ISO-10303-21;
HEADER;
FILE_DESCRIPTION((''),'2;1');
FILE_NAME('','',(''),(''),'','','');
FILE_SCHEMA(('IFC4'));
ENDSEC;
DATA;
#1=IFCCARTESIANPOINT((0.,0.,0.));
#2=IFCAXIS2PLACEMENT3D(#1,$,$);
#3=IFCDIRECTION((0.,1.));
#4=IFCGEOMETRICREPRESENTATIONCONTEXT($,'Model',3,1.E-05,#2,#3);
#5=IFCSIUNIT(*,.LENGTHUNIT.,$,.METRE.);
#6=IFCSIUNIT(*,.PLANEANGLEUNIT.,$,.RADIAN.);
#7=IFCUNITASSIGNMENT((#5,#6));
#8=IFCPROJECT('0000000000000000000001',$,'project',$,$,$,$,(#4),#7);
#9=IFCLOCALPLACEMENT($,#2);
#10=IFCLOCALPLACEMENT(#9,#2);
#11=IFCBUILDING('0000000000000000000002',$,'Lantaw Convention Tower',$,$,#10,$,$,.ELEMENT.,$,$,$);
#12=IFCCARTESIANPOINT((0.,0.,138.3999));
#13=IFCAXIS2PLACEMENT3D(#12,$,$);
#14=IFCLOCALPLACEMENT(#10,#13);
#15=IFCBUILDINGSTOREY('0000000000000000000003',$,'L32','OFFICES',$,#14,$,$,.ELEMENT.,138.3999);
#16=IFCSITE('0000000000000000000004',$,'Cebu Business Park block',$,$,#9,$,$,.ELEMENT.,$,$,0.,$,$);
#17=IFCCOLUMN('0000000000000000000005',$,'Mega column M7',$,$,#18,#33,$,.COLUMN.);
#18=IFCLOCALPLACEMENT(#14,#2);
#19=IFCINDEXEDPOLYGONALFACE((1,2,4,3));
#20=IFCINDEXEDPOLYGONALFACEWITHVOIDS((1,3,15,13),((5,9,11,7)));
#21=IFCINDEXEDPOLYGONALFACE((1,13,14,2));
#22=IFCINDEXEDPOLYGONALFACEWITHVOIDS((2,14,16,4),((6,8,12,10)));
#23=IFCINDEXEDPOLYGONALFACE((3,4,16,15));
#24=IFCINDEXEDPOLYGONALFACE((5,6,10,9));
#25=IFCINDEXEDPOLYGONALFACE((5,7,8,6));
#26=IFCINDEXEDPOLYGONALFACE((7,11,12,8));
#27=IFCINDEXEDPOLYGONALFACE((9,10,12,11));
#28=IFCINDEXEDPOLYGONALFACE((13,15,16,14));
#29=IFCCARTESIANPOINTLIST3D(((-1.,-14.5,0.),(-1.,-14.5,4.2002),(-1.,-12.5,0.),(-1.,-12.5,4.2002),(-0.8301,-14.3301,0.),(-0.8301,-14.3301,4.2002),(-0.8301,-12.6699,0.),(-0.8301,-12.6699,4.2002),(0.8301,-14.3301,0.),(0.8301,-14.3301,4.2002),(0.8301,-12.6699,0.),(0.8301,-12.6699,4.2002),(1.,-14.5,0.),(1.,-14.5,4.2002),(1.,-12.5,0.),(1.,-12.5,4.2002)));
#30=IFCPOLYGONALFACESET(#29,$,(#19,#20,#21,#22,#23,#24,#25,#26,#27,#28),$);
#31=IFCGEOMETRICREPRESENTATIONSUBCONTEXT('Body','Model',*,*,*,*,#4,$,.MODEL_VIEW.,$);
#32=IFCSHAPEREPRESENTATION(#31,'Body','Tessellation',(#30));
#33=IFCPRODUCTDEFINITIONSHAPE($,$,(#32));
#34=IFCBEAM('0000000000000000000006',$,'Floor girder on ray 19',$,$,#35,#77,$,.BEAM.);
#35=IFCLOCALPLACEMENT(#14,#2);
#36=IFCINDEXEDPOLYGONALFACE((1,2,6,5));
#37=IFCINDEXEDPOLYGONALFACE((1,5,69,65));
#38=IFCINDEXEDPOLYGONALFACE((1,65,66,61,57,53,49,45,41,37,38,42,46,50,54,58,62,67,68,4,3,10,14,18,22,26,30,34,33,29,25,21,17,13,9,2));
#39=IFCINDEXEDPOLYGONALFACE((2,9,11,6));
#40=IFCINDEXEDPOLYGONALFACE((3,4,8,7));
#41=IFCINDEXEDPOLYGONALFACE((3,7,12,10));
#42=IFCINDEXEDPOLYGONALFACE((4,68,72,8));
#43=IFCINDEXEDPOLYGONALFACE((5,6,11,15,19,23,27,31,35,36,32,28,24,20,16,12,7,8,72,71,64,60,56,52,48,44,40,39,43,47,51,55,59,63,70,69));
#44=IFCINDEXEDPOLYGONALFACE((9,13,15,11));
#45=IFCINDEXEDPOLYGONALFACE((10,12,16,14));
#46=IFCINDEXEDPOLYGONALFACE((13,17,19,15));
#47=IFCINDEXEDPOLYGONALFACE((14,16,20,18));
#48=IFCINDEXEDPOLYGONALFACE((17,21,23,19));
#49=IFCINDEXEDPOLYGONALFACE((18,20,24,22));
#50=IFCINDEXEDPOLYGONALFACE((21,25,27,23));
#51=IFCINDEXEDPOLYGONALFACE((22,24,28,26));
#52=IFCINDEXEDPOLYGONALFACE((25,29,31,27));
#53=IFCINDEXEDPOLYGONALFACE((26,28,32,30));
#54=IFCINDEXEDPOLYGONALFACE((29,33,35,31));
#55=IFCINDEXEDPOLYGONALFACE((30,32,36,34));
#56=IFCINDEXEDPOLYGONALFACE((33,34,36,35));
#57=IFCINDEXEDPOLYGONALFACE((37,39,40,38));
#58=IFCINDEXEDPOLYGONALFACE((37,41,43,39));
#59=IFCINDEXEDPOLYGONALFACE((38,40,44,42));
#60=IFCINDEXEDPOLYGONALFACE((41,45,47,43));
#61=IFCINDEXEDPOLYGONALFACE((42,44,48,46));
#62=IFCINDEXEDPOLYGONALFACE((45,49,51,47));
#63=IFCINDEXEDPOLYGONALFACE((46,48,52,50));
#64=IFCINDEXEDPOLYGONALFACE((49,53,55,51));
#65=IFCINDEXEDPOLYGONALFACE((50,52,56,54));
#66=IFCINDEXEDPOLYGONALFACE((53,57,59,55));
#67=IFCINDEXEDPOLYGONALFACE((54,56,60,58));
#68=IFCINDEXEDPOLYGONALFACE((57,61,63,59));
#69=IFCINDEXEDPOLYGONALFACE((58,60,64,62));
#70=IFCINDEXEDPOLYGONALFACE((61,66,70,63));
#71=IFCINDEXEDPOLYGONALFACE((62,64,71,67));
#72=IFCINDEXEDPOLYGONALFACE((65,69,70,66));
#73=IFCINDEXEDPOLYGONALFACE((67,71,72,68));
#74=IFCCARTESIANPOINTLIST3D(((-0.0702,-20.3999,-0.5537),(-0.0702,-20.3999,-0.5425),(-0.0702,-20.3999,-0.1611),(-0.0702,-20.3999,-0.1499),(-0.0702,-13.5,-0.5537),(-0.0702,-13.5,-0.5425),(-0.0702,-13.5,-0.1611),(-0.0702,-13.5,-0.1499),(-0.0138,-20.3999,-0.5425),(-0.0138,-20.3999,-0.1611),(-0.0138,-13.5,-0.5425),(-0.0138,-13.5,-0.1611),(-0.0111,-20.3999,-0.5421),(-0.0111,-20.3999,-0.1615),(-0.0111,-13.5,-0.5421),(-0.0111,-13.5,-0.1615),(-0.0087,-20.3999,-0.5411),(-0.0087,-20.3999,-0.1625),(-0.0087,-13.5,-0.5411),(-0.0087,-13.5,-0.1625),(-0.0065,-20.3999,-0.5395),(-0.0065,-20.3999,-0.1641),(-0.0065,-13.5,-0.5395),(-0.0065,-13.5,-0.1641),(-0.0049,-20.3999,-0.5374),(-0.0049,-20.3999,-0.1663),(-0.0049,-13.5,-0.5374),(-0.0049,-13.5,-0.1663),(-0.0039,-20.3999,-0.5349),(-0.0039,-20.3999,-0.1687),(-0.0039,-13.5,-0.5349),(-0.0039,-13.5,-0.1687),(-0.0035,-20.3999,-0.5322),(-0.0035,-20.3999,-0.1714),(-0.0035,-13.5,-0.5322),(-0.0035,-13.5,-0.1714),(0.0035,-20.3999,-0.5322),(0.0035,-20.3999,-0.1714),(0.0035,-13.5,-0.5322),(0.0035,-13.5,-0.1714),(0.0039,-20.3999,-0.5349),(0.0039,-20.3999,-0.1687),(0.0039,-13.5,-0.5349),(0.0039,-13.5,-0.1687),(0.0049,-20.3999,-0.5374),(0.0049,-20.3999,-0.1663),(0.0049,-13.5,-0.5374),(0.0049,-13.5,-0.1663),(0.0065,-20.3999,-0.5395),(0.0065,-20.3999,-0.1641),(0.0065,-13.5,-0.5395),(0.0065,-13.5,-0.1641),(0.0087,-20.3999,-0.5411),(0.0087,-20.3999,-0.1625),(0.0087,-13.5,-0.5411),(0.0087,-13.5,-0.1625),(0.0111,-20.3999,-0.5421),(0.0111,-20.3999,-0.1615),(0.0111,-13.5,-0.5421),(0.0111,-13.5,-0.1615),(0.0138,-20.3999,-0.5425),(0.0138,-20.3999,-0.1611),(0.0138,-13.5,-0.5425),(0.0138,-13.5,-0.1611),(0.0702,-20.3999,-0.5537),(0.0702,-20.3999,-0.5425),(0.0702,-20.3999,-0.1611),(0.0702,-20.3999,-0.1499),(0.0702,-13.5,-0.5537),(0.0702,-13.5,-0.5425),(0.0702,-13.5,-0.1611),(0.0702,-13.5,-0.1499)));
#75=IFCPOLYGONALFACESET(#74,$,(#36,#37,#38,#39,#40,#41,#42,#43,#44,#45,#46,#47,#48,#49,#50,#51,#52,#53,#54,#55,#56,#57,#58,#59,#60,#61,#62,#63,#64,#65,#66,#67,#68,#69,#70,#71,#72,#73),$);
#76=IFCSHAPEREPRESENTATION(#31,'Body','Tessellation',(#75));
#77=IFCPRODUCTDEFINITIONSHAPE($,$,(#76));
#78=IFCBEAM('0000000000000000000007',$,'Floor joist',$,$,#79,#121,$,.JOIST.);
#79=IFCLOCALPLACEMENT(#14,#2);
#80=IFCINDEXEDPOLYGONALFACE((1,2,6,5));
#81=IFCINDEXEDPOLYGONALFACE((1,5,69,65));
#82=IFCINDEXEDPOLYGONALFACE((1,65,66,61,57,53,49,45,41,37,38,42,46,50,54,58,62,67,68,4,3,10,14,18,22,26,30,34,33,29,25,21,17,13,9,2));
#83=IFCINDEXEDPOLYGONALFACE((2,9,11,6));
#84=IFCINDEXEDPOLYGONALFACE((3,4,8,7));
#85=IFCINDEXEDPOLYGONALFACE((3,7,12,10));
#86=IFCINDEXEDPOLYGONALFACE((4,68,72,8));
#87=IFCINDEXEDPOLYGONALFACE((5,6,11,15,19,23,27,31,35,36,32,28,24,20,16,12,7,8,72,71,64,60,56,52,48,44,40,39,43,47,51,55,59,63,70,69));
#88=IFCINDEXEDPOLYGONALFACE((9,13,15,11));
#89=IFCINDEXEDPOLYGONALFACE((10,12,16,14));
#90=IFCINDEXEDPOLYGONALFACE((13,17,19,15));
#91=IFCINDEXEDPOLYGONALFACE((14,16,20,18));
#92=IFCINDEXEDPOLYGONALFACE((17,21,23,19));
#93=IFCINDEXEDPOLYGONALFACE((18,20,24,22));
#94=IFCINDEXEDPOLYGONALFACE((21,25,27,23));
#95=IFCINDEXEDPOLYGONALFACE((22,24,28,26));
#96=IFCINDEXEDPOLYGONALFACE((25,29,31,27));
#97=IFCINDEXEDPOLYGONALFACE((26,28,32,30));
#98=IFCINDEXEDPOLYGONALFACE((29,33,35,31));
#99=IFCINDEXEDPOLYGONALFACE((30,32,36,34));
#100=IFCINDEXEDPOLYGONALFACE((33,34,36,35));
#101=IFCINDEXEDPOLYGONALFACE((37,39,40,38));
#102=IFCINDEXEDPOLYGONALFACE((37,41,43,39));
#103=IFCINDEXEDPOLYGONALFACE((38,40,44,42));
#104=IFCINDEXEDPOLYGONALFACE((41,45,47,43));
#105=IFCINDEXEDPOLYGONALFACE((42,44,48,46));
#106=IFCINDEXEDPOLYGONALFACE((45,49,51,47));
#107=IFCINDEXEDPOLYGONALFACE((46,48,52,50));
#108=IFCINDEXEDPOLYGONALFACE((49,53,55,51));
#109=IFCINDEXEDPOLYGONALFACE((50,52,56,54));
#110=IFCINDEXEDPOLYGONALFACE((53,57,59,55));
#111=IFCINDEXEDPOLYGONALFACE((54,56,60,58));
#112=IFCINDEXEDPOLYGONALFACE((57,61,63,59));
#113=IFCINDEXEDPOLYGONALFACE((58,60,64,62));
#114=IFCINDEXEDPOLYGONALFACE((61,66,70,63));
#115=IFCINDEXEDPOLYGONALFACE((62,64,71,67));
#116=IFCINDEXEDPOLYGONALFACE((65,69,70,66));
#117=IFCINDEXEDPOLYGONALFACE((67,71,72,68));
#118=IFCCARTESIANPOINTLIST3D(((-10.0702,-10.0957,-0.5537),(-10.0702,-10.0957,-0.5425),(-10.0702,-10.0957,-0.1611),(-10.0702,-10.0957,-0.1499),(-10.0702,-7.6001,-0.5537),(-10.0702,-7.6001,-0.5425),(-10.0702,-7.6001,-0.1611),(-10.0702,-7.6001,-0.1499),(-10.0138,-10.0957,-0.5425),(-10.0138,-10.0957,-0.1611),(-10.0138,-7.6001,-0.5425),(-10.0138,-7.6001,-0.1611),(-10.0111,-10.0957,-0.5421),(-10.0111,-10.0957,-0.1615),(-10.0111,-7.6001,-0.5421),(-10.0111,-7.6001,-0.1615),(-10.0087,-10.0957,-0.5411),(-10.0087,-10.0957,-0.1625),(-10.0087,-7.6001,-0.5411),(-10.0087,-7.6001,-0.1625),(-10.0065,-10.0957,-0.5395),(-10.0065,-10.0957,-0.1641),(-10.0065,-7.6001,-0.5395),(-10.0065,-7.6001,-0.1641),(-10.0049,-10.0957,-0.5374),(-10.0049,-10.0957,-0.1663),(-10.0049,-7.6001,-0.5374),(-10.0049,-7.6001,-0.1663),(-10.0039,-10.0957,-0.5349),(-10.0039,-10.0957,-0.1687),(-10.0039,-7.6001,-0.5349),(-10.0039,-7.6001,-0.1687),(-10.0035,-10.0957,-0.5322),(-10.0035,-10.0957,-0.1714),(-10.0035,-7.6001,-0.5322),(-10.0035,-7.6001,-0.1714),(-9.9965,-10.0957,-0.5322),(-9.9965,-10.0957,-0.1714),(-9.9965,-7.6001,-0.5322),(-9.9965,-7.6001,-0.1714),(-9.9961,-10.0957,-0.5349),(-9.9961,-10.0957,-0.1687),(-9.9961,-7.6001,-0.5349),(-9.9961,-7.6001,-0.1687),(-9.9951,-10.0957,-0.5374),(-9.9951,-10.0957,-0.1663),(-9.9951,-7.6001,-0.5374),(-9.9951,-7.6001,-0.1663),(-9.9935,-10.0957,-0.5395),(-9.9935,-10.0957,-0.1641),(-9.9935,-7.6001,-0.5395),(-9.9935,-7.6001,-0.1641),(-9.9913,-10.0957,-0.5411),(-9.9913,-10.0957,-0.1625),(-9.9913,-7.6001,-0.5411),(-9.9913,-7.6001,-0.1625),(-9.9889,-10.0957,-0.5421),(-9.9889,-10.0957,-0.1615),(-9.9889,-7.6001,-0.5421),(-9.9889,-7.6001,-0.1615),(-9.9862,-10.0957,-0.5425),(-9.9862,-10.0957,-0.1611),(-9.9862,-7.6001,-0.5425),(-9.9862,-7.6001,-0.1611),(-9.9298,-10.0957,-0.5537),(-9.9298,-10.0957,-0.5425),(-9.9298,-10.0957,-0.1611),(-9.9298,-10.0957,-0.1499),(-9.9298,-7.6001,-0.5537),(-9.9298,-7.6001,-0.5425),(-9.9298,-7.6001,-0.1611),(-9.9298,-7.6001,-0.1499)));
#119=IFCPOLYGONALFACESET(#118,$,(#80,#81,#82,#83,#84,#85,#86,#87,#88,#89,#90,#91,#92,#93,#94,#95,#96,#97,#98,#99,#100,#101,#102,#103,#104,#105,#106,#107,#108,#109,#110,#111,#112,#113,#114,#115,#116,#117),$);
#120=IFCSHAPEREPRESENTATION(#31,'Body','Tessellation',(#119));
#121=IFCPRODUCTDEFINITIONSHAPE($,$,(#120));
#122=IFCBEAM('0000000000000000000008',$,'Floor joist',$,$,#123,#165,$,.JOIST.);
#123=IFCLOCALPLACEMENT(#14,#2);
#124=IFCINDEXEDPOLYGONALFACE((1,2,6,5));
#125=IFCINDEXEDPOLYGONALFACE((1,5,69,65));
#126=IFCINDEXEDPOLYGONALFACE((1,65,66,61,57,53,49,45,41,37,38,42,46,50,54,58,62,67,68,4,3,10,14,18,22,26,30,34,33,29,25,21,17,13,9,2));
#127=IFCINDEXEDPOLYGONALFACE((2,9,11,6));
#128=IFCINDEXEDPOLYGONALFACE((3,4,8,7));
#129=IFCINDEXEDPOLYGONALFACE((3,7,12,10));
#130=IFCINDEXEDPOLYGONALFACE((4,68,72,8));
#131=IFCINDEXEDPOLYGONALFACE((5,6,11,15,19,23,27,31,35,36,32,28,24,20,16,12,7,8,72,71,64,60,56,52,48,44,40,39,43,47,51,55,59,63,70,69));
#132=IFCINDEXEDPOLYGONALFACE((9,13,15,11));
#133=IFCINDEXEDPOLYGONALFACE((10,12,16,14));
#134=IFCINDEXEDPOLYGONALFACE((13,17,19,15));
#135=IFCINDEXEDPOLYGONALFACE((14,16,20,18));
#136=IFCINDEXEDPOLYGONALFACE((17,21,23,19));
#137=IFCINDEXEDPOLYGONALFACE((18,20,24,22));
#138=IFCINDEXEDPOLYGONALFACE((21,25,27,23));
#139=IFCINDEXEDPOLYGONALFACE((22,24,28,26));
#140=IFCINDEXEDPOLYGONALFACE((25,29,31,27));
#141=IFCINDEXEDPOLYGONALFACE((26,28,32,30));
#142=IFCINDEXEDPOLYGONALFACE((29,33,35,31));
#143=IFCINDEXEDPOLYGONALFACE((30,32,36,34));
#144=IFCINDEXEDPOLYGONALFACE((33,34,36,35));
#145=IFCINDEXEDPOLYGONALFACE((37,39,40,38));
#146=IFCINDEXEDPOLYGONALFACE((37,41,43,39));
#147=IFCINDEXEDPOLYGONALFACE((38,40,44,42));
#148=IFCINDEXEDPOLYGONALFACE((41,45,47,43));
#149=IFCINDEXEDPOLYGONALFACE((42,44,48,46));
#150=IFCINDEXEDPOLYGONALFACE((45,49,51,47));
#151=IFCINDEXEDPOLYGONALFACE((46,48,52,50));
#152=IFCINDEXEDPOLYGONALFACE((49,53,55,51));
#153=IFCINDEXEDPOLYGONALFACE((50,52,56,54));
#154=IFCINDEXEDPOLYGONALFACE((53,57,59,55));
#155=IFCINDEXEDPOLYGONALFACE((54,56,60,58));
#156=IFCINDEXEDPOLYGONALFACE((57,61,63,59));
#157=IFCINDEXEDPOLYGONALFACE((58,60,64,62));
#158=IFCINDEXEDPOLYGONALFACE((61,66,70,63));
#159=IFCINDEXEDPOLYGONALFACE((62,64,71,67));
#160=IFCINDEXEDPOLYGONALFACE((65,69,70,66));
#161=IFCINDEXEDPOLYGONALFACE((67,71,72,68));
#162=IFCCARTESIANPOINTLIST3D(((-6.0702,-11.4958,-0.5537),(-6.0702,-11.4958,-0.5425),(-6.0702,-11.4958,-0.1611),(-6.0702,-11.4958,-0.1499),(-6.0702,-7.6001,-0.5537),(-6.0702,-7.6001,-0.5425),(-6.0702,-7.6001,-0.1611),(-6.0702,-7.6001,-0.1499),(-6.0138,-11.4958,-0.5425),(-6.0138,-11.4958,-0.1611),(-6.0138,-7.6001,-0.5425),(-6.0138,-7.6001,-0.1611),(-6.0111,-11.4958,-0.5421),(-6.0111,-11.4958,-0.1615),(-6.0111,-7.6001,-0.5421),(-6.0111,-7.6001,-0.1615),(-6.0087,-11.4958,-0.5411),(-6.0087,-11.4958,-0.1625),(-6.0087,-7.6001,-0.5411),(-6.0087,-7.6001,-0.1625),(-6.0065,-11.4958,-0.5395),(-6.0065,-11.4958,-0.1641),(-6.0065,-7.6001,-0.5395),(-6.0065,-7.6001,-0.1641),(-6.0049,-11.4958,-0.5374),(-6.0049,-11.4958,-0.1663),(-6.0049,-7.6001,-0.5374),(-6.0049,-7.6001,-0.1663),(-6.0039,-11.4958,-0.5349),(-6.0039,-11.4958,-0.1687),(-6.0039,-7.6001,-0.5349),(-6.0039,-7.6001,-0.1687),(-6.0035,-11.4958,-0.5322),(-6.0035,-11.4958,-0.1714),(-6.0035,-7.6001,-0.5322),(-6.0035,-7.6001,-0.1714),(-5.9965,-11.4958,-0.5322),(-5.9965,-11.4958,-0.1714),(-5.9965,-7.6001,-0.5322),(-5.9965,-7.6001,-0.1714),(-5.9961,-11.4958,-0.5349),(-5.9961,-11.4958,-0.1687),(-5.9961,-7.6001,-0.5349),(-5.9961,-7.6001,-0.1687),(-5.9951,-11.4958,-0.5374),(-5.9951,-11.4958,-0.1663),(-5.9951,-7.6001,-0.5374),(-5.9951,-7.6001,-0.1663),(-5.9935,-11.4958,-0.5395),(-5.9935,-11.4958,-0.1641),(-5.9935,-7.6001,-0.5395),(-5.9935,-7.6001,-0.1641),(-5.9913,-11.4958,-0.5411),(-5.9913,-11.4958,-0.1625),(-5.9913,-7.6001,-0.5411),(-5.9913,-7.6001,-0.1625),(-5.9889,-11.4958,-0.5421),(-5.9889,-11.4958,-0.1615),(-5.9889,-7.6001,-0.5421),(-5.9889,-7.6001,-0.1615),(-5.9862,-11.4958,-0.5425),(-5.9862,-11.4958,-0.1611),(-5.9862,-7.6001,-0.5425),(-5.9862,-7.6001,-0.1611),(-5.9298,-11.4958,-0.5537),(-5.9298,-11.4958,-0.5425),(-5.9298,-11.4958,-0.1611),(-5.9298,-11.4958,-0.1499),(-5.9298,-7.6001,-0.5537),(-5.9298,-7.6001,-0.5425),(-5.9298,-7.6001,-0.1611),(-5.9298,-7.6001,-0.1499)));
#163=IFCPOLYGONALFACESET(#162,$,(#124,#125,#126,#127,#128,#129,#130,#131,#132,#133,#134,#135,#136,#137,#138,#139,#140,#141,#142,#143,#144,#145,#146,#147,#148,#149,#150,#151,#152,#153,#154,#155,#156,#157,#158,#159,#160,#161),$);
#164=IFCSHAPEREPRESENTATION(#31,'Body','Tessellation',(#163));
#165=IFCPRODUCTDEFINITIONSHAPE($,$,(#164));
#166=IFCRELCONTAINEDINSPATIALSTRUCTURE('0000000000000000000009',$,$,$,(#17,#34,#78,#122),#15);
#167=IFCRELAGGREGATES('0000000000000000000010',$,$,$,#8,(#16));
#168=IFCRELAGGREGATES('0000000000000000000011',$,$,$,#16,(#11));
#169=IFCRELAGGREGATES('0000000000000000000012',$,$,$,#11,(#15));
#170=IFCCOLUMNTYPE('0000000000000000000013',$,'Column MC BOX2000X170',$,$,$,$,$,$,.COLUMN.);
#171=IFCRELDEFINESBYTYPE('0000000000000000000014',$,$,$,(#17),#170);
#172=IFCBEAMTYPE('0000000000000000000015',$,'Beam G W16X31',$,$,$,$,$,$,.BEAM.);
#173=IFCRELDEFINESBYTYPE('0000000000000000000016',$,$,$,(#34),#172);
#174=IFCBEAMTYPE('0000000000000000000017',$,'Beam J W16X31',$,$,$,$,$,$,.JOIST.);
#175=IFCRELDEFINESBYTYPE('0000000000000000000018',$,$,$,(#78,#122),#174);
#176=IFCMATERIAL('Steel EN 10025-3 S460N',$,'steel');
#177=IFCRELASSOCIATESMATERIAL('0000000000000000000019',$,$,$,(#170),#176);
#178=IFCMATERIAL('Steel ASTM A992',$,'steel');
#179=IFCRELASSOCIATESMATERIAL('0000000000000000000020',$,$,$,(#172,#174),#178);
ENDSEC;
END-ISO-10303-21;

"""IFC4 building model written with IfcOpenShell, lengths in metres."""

from ifc_helpers import new_model, si_unit, direction, frame, origin, origin_2d, place, context, subcontext, project, spatial, rectangle, hollow_rectangle, i_section, extrude, material, material_profile, profile_set, type_object, element, save


model = new_model("IFC4")

# Units and contexts
model_context = context("Model", 3, precision=1e-05, world=origin(), true_north=direction((0.0, 1.0)))
body_context = subcontext(model_context, "Body", "Model", "MODEL_VIEW")
ifc_project = project(units=[si_unit("LENGTHUNIT", "METRE"), si_unit("PLANEANGLEUNIT", "RADIAN")], contexts=[model_context])

# Site, building, storey
site_placement = place(None, origin())
site = spatial("IfcSite", under=ifc_project, at=site_placement, Name="Cebu Business Park block", CompositionType="ELEMENT", RefElevation=0.0)
building_placement = place(site_placement, origin())
building = spatial("IfcBuilding", under=site, at=building_placement, Name="Lantaw Convention Tower", CompositionType="ELEMENT")
storey_placement = place(building_placement, frame((0.0, 0.0, 138.3999)))
storey = spatial("IfcBuildingStorey", under=building, at=storey_placement, Name="L32", Description="OFFICES", CompositionType="ELEMENT", Elevation=138.3999)

# Column
ifc_material_1 = material(Name="Steel EN 10025-3 S460N", Category="steel")
ifc_material_profile_1 = material_profile(ifc_material_1, hollow_rectangle(XDim=2.0, YDim=2.0, WallThickness=0.1699, at=origin_2d()), Name="BOX2000X170")
ifc_material_2 = material(Name="Concrete C60/75", Category="concrete")
ifc_material_profile_2 = material_profile(ifc_material_2, rectangle(XDim=1.6599, YDim=1.6599, at=origin_2d()), Name="Concrete fill of BOX2000X170")
ifc_profile_set_1 = profile_set([ifc_material_profile_1, ifc_material_profile_2], Name="Steel EN 10025-3 S460N")
column_type = type_object("IfcColumnType", Name="Column MC BOX2000X170", PredefinedType="COLUMN", material=ifc_profile_set_1)
column_placement = place(storey_placement, frame((0.0, -13.5, 0.0), z_axis=(0.0, 0.0, 1.0), x_axis=(1.0, 0.0, 0.0)))
element("IfcColumn", 1, at=column_placement, inside=storey, type_object=column_type, Name="Mega column M7", PredefinedType="COLUMN", context=body_context, shape_type="SweptSolid", body=[
    extrude(hollow_rectangle(XDim=2.0, YDim=2.0, WallThickness=0.1699, at=origin_2d()), origin(), (0.0, 0.0, 1.0), 4.2002),
])

# Beams
ifc_material_3 = material(Name="Steel ASTM A992", Category="steel")
ifc_material_profile_3 = material_profile(ifc_material_3, i_section(OverallWidth=0.1404, OverallDepth=0.4038, WebThickness=0.0071, FlangeThickness=0.0112, FilletRadius=0.0103, at=origin_2d()), Name="W16X31")
ifc_profile_set_2 = profile_set([ifc_material_profile_3], Name="Steel ASTM A992")
beam_type_1 = type_object("IfcBeamType", Name="Beam G W16X31", PredefinedType="BEAM", material=ifc_profile_set_2)
beam_1_placement = place(storey_placement, frame((0.0, -13.5, -0.3518), z_axis=(0.0, -1.0, 0.0), x_axis=(1.0, 0.0, 0.0)))
element("IfcBeam", 2, at=beam_1_placement, inside=storey, type_object=beam_type_1, Name="Floor girder on ray 19", PredefinedType="BEAM", context=body_context, shape_type="SweptSolid", body=[
    extrude(i_section(OverallWidth=0.1404, OverallDepth=0.4038, WebThickness=0.0071, FlangeThickness=0.0112, FilletRadius=0.0103, at=origin_2d()), origin(), (0.0, 0.0, 1.0), 6.8999),
])
ifc_material_profile_4 = material_profile(ifc_material_3, i_section(OverallWidth=0.1404, OverallDepth=0.4038, WebThickness=0.0071, FlangeThickness=0.0112, FilletRadius=0.0103, at=origin_2d()), Name="W16X31")
ifc_profile_set_3 = profile_set([ifc_material_profile_4], Name="Steel ASTM A992")
beam_type_2 = type_object("IfcBeamType", Name="Beam J W16X31", PredefinedType="JOIST", material=ifc_profile_set_3)
beam_2_placement = place(storey_placement, frame((-10.0, -10.0957, -0.3518), z_axis=(0.0, 1.0, 0.0), x_axis=(-1.0, 0.0, 0.0)))
element("IfcBeam", 3, at=beam_2_placement, inside=storey, type_object=beam_type_2, Name="Floor joist", PredefinedType="JOIST", context=body_context, shape_type="SweptSolid", body=[
    extrude(i_section(OverallWidth=0.1404, OverallDepth=0.4038, WebThickness=0.0071, FlangeThickness=0.0112, FilletRadius=0.0103, at=origin_2d()), origin(), (0.0, 0.0, 1.0), 2.4956),
])
beam_3_placement = place(storey_placement, frame((-6.0, -11.4958, -0.3518), z_axis=(0.0, 1.0, 0.0), x_axis=(-1.0, 0.0, 0.0)))
element("IfcBeam", 4, at=beam_3_placement, inside=storey, type_object=beam_type_2, Name="Floor joist", PredefinedType="JOIST", context=body_context, shape_type="SweptSolid", body=[
    extrude(i_section(OverallWidth=0.1404, OverallDepth=0.4038, WebThickness=0.0071, FlangeThickness=0.0112, FilletRadius=0.0103, at=origin_2d()), origin(), (0.0, 0.0, 1.0), 3.8958),
])

save(model, "model.ifc")
